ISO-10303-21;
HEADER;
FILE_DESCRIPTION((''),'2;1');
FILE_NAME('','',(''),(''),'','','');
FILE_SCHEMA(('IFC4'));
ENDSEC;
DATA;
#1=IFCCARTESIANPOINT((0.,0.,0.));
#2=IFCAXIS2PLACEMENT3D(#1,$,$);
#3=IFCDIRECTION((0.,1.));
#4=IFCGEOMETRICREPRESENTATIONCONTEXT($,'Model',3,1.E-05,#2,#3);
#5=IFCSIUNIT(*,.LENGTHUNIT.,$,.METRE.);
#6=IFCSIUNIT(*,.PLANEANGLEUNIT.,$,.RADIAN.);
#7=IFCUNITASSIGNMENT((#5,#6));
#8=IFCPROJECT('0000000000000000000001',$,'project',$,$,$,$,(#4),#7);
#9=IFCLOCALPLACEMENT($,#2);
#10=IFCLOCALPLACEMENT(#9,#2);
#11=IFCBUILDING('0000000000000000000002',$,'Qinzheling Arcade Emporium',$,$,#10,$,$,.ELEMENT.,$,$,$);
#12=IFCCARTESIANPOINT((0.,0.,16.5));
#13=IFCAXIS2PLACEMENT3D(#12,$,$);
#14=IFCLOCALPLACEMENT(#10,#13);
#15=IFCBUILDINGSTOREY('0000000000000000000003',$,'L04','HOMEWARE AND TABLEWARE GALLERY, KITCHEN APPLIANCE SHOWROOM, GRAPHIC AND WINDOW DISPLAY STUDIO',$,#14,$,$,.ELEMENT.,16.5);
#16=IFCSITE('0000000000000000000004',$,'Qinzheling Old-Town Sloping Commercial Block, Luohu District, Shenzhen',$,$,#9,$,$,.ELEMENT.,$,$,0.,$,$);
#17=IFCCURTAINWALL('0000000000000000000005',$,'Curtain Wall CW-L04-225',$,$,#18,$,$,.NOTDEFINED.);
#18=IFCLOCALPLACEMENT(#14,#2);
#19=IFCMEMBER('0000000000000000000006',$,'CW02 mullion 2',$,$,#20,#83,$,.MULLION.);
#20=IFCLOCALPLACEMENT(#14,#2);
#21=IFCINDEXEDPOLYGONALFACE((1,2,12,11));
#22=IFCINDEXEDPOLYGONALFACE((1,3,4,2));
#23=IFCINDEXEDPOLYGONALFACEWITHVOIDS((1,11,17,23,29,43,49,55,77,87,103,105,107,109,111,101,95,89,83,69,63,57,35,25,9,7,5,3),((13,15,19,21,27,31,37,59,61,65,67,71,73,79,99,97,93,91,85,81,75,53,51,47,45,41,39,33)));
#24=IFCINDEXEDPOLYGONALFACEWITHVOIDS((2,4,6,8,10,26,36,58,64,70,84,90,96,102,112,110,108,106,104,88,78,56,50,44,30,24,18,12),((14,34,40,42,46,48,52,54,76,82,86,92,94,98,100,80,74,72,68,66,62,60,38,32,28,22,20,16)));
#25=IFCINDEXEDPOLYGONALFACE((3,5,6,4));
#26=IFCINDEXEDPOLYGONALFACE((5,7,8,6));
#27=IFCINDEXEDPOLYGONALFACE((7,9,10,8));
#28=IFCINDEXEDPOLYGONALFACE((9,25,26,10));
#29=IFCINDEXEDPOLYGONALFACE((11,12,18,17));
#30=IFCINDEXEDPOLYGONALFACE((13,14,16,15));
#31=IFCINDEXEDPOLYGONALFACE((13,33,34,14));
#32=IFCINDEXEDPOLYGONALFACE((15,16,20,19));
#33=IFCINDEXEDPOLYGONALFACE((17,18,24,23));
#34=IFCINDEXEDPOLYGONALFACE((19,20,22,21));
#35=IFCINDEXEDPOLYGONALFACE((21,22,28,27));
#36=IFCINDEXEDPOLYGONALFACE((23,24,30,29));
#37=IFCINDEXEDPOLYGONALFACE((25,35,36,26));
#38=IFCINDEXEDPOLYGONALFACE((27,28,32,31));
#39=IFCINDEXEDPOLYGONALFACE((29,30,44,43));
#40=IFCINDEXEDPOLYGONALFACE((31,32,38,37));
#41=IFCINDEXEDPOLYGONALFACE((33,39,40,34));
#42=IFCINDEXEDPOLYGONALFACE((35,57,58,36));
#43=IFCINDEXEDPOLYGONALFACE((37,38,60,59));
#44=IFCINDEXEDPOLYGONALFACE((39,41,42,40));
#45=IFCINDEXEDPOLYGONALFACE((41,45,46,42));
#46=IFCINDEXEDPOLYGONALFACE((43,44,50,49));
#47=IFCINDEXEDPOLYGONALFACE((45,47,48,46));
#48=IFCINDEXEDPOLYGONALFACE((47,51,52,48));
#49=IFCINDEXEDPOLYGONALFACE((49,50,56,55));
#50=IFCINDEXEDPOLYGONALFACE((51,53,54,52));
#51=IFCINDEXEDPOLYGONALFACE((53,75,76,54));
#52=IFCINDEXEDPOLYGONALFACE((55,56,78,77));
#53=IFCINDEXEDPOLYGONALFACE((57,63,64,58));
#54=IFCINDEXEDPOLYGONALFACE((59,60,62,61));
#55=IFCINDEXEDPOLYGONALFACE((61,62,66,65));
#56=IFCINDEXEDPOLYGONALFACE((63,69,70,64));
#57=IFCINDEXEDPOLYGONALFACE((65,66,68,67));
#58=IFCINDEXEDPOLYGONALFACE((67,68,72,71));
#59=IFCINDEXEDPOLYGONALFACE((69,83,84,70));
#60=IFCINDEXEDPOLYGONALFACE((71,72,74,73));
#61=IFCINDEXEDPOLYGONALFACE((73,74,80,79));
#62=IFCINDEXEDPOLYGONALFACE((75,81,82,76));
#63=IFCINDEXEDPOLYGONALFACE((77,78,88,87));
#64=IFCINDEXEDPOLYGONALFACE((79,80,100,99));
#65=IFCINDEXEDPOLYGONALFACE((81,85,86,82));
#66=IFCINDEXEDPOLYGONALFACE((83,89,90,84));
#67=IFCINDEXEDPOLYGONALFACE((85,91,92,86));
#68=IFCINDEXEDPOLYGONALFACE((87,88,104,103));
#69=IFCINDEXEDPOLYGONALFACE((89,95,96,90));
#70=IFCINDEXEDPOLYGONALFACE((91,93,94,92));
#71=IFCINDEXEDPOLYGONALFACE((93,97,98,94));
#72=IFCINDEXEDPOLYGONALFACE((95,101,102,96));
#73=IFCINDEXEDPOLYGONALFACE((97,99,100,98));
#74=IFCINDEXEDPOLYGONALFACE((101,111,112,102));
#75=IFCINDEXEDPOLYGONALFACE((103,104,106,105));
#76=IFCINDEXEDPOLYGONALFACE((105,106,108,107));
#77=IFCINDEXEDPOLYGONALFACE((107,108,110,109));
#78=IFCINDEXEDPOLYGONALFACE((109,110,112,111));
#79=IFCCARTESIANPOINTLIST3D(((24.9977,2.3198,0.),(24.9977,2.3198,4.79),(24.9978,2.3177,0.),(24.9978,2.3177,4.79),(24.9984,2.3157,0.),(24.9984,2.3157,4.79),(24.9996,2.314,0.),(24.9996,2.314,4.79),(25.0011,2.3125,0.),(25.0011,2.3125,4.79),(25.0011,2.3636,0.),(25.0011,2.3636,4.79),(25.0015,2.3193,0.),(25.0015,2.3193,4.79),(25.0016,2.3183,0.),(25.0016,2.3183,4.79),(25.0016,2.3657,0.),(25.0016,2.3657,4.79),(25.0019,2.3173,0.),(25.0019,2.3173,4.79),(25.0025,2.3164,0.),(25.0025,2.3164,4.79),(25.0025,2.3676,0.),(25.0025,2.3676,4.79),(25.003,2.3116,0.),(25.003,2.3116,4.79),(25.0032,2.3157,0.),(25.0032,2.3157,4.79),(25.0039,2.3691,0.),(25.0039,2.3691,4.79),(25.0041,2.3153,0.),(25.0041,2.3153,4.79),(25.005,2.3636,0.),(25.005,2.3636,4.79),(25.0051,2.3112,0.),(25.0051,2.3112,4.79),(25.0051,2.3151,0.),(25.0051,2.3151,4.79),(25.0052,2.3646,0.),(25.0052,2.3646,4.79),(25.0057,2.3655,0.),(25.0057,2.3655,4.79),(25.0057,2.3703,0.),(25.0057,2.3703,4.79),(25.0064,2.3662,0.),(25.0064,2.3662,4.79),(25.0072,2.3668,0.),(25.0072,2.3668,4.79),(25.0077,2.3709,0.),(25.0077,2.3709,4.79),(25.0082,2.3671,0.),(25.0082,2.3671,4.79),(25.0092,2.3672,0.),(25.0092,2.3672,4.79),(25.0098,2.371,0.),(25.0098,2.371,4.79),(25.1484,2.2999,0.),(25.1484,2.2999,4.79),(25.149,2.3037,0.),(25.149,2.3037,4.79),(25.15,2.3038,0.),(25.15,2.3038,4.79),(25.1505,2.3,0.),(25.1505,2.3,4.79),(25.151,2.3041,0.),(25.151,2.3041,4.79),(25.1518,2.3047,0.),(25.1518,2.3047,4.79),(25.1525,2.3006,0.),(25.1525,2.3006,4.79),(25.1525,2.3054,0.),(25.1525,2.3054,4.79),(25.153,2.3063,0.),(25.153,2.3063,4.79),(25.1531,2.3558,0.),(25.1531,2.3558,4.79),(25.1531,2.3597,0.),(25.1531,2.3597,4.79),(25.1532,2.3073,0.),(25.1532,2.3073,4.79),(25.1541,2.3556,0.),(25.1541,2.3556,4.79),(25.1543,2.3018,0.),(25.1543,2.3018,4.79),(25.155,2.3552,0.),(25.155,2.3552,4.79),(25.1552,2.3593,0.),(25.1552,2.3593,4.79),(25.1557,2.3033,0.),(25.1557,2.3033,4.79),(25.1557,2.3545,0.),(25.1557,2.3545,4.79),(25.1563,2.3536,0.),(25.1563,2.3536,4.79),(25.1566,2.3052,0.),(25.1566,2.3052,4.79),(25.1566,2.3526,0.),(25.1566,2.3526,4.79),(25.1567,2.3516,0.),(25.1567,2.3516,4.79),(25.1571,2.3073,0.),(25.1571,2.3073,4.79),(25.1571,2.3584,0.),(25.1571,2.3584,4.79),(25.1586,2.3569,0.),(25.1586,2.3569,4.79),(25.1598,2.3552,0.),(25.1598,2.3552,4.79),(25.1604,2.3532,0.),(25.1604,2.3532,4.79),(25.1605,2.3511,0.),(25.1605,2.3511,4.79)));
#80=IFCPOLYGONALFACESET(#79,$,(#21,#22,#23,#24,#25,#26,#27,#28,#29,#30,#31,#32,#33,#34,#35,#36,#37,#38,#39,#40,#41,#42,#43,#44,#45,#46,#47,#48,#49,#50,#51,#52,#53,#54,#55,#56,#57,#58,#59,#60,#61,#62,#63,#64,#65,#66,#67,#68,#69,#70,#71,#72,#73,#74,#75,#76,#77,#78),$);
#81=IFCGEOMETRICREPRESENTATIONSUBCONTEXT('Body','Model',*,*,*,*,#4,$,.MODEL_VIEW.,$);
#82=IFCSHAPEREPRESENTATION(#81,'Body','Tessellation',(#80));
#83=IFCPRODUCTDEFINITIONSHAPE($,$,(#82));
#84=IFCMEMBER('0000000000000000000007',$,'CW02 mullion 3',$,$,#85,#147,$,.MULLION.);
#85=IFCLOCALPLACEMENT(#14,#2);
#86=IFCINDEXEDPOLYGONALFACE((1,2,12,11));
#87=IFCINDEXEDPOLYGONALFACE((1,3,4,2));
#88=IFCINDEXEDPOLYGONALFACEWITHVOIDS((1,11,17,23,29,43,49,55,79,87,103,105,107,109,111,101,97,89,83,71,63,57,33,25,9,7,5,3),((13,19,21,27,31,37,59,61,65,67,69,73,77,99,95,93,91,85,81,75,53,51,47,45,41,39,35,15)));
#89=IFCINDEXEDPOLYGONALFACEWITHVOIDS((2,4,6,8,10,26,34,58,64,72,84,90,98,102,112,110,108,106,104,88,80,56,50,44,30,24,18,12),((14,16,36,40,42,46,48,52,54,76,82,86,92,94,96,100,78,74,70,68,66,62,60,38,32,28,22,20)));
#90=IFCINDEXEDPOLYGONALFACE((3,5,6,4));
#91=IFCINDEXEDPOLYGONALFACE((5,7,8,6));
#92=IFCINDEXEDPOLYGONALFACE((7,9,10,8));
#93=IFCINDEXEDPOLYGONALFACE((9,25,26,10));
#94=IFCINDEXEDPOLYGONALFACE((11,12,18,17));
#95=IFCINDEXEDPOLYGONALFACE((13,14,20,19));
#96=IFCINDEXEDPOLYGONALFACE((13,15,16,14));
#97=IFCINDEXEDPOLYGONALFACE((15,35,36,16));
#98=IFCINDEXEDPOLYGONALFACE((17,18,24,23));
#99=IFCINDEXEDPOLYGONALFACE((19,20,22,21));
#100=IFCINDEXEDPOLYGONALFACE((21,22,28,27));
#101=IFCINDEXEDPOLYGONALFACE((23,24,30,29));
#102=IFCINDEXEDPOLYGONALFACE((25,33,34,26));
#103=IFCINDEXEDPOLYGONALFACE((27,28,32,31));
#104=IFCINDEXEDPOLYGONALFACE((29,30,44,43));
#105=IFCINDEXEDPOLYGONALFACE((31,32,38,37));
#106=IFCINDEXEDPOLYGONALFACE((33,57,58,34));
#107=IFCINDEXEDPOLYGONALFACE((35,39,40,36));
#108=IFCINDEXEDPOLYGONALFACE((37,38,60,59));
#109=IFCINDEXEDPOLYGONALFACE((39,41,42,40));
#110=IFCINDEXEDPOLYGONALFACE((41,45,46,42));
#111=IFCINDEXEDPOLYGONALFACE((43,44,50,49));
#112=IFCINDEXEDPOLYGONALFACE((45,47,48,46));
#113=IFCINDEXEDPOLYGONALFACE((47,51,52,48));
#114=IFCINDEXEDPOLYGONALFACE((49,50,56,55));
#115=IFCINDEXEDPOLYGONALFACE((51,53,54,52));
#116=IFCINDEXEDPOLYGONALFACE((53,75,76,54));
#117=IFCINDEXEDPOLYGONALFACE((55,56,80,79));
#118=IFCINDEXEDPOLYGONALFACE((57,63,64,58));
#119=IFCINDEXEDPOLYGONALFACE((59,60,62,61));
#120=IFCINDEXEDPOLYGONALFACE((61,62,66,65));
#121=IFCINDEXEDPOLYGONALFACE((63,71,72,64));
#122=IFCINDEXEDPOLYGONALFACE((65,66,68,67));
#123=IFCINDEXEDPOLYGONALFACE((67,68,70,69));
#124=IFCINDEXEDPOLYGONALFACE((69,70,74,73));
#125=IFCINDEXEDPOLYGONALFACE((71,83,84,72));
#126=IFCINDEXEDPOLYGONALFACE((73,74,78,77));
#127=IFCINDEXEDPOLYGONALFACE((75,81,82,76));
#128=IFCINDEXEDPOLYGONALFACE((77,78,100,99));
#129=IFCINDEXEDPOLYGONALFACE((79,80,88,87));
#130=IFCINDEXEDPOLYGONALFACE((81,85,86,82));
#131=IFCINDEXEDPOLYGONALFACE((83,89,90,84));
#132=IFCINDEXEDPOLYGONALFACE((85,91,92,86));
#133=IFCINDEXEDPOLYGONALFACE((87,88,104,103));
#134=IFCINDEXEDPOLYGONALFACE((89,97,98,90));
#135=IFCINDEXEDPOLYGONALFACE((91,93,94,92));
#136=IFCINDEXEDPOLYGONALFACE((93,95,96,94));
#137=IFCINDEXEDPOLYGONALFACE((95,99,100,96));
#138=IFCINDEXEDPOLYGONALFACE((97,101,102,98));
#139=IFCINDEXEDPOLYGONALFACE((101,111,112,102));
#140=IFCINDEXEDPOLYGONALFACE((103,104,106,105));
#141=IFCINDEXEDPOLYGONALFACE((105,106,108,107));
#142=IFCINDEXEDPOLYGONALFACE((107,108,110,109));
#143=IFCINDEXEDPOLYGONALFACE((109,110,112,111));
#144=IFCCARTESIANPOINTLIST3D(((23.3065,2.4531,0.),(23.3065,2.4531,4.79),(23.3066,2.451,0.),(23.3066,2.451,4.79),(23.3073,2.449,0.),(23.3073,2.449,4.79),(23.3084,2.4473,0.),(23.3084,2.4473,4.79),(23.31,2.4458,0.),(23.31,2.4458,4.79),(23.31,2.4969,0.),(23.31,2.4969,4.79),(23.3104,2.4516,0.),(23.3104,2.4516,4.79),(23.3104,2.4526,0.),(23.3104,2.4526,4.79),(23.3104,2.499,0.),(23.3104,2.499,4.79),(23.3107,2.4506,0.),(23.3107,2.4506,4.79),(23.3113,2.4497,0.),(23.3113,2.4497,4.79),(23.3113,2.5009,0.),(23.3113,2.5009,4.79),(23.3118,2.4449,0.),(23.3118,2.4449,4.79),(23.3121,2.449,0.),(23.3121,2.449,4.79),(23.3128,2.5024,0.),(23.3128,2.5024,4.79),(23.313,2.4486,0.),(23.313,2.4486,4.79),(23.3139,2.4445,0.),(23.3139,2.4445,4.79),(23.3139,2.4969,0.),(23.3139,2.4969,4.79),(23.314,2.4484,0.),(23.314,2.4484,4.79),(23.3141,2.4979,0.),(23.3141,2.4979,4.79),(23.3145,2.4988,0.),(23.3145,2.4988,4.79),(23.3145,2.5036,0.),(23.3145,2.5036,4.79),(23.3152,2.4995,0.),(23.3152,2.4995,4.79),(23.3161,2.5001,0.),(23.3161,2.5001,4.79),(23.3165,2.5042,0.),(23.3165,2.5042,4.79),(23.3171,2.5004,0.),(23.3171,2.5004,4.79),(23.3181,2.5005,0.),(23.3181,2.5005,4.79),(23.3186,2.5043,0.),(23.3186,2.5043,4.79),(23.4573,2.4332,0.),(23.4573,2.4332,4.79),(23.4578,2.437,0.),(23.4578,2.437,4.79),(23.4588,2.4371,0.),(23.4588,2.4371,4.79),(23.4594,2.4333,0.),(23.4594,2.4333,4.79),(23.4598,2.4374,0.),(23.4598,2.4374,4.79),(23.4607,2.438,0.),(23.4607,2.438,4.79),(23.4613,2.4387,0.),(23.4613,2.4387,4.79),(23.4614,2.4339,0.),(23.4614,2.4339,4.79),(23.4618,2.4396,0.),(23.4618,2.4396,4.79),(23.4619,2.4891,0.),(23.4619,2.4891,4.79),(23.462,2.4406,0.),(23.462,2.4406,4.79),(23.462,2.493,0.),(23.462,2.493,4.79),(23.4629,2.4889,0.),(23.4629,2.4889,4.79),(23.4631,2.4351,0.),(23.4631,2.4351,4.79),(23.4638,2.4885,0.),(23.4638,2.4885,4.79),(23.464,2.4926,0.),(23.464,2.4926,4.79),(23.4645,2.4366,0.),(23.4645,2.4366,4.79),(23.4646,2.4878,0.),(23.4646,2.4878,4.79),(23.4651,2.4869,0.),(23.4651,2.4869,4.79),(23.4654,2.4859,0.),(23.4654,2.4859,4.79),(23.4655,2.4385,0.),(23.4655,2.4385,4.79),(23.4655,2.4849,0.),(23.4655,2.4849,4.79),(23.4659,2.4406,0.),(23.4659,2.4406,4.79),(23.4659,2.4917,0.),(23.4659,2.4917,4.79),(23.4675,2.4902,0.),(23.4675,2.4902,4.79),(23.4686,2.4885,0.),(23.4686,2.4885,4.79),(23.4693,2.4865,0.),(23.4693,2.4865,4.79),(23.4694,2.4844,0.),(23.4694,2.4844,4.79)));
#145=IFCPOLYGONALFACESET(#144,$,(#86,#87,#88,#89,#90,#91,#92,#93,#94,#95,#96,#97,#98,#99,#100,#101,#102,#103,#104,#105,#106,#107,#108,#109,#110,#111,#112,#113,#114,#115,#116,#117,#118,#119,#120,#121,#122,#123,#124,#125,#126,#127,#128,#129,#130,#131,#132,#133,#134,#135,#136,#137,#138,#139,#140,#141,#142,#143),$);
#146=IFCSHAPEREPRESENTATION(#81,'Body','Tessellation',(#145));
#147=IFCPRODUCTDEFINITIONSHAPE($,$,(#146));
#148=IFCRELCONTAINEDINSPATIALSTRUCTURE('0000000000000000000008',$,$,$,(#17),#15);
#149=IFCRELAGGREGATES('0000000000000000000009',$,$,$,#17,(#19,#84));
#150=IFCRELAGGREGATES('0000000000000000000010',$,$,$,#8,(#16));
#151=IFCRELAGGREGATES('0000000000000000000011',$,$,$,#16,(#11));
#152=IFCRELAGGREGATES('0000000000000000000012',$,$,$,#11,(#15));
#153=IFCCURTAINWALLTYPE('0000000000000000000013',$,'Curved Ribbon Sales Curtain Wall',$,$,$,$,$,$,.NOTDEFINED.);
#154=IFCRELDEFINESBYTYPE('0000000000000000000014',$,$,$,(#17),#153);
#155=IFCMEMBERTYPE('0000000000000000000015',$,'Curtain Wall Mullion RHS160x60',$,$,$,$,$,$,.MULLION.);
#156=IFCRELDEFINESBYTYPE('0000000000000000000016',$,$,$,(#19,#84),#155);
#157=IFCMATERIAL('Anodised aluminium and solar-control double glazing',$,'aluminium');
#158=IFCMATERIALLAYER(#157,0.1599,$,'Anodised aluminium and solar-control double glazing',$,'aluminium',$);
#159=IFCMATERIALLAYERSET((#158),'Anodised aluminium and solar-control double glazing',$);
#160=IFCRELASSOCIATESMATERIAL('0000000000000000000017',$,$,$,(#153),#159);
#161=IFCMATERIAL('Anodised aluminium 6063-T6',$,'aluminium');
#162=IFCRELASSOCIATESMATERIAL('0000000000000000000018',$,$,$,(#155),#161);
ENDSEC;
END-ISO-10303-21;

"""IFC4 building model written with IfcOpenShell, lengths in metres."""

from ifc_helpers import new_model, si_unit, direction, frame, origin, origin_2d, place, context, subcontext, project, spatial, hollow_rectangle, extrude, material, layer, layer_set, material_profile, profile_set, type_object, element, aggregate, save


model = new_model("IFC4")

# Units and contexts
model_context = context("Model", 3, precision=1e-05, world=origin(), true_north=direction((0.0, 1.0)))
body_context = subcontext(model_context, "Body", "Model", "MODEL_VIEW")
ifc_project = project(units=[si_unit("LENGTHUNIT", "METRE"), si_unit("PLANEANGLEUNIT", "RADIAN")], contexts=[model_context])

# Site, building, storey
site_placement = place(None, origin())
site = spatial("IfcSite", under=ifc_project, at=site_placement, Name="Qinzheling Old-Town Sloping Commercial Block, Luohu District, Shenzhen", CompositionType="ELEMENT", RefElevation=0.0)
building_placement = place(site_placement, origin())
building = spatial("IfcBuilding", under=site, at=building_placement, Name="Qinzheling Arcade Emporium", CompositionType="ELEMENT")
storey_placement = place(building_placement, frame((0.0, 0.0, 16.5)))
storey = spatial("IfcBuildingStorey", under=building, at=storey_placement, Name="L04", Description="HOMEWARE AND TABLEWARE GALLERY, KITCHEN APPLIANCE SHOWROOM, GRAPHIC AND WINDOW DISPLAY STUDIO", CompositionType="ELEMENT", Elevation=16.5)

# Curtain wall, members
ifc_material_1 = material(Name="Anodised aluminium and solar-control double glazing", Category="aluminium")
ifc_layer_1 = layer(ifc_material_1, 0.1599, Name="Anodised aluminium and solar-control double glazing", Category="aluminium")
ifc_layer_set_1 = layer_set([ifc_layer_1], Name="Anodised aluminium and solar-control double glazing")
curtain_wall_type = type_object("IfcCurtainWallType", Name="Curved Ribbon Sales Curtain Wall", PredefinedType="NOTDEFINED", material=ifc_layer_set_1)
curtain_wall_1_placement = place(storey_placement, origin())
curtain_wall_1 = element("IfcCurtainWall", 1, at=curtain_wall_1_placement, inside=storey, type_object=curtain_wall_type, Name="Curtain Wall CW-L04-225", PredefinedType="NOTDEFINED")
ifc_material_2 = material(Name="Anodised aluminium 6063-T6", Category="aluminium")
ifc_material_profile_1 = material_profile(ifc_material_2, hollow_rectangle(XDim=0.0601, YDim=0.1599, WallThickness=0.0039, InnerFilletRadius=0.0039, OuterFilletRadius=0.0081, at=origin_2d()), Name="RHS 160x60x4", Category="aluminium")
ifc_profile_set_1 = profile_set([ifc_material_profile_1], Name="Anodised aluminium 6063-T6")
member_type_1 = type_object("IfcMemberType", Name="Curtain Wall Mullion RHS160x60", PredefinedType="MULLION", material=ifc_profile_set_1)
member_1_placement = place(storey_placement, frame((25.0791, 2.3354, 0.0), z_axis=(0.0, 0.0, 1.0), x_axis=(-0.07849, -0.996915, 0.0)))
member_1 = element("IfcMember", 2, at=member_1_placement, type_object=member_type_1, Name="CW02 mullion 2", PredefinedType="MULLION", context=body_context, shape_type="SweptSolid", body=[
    extrude(hollow_rectangle(XDim=0.0601, YDim=0.1599, WallThickness=0.0039, InnerFilletRadius=0.0039, OuterFilletRadius=0.0081, at=origin_2d()), origin(), (0.0, 0.0, 1.0), 4.79),
])
member_2_placement = place(storey_placement, frame((23.3879, 2.4688, 0.0), z_axis=(0.0, 0.0, 1.0), x_axis=(-0.07849, -0.996915, 0.0)))
member_2 = element("IfcMember", 3, at=member_2_placement, type_object=member_type_1, Name="CW02 mullion 3", PredefinedType="MULLION", context=body_context, shape_type="SweptSolid", body=[
    extrude(hollow_rectangle(XDim=0.0601, YDim=0.1599, WallThickness=0.0039, InnerFilletRadius=0.0039, OuterFilletRadius=0.0081, at=origin_2d()), origin(), (0.0, 0.0, 1.0), 4.79),
])

aggregate(curtain_wall_1, [member_1, member_2])

save(model, "model.ifc")
